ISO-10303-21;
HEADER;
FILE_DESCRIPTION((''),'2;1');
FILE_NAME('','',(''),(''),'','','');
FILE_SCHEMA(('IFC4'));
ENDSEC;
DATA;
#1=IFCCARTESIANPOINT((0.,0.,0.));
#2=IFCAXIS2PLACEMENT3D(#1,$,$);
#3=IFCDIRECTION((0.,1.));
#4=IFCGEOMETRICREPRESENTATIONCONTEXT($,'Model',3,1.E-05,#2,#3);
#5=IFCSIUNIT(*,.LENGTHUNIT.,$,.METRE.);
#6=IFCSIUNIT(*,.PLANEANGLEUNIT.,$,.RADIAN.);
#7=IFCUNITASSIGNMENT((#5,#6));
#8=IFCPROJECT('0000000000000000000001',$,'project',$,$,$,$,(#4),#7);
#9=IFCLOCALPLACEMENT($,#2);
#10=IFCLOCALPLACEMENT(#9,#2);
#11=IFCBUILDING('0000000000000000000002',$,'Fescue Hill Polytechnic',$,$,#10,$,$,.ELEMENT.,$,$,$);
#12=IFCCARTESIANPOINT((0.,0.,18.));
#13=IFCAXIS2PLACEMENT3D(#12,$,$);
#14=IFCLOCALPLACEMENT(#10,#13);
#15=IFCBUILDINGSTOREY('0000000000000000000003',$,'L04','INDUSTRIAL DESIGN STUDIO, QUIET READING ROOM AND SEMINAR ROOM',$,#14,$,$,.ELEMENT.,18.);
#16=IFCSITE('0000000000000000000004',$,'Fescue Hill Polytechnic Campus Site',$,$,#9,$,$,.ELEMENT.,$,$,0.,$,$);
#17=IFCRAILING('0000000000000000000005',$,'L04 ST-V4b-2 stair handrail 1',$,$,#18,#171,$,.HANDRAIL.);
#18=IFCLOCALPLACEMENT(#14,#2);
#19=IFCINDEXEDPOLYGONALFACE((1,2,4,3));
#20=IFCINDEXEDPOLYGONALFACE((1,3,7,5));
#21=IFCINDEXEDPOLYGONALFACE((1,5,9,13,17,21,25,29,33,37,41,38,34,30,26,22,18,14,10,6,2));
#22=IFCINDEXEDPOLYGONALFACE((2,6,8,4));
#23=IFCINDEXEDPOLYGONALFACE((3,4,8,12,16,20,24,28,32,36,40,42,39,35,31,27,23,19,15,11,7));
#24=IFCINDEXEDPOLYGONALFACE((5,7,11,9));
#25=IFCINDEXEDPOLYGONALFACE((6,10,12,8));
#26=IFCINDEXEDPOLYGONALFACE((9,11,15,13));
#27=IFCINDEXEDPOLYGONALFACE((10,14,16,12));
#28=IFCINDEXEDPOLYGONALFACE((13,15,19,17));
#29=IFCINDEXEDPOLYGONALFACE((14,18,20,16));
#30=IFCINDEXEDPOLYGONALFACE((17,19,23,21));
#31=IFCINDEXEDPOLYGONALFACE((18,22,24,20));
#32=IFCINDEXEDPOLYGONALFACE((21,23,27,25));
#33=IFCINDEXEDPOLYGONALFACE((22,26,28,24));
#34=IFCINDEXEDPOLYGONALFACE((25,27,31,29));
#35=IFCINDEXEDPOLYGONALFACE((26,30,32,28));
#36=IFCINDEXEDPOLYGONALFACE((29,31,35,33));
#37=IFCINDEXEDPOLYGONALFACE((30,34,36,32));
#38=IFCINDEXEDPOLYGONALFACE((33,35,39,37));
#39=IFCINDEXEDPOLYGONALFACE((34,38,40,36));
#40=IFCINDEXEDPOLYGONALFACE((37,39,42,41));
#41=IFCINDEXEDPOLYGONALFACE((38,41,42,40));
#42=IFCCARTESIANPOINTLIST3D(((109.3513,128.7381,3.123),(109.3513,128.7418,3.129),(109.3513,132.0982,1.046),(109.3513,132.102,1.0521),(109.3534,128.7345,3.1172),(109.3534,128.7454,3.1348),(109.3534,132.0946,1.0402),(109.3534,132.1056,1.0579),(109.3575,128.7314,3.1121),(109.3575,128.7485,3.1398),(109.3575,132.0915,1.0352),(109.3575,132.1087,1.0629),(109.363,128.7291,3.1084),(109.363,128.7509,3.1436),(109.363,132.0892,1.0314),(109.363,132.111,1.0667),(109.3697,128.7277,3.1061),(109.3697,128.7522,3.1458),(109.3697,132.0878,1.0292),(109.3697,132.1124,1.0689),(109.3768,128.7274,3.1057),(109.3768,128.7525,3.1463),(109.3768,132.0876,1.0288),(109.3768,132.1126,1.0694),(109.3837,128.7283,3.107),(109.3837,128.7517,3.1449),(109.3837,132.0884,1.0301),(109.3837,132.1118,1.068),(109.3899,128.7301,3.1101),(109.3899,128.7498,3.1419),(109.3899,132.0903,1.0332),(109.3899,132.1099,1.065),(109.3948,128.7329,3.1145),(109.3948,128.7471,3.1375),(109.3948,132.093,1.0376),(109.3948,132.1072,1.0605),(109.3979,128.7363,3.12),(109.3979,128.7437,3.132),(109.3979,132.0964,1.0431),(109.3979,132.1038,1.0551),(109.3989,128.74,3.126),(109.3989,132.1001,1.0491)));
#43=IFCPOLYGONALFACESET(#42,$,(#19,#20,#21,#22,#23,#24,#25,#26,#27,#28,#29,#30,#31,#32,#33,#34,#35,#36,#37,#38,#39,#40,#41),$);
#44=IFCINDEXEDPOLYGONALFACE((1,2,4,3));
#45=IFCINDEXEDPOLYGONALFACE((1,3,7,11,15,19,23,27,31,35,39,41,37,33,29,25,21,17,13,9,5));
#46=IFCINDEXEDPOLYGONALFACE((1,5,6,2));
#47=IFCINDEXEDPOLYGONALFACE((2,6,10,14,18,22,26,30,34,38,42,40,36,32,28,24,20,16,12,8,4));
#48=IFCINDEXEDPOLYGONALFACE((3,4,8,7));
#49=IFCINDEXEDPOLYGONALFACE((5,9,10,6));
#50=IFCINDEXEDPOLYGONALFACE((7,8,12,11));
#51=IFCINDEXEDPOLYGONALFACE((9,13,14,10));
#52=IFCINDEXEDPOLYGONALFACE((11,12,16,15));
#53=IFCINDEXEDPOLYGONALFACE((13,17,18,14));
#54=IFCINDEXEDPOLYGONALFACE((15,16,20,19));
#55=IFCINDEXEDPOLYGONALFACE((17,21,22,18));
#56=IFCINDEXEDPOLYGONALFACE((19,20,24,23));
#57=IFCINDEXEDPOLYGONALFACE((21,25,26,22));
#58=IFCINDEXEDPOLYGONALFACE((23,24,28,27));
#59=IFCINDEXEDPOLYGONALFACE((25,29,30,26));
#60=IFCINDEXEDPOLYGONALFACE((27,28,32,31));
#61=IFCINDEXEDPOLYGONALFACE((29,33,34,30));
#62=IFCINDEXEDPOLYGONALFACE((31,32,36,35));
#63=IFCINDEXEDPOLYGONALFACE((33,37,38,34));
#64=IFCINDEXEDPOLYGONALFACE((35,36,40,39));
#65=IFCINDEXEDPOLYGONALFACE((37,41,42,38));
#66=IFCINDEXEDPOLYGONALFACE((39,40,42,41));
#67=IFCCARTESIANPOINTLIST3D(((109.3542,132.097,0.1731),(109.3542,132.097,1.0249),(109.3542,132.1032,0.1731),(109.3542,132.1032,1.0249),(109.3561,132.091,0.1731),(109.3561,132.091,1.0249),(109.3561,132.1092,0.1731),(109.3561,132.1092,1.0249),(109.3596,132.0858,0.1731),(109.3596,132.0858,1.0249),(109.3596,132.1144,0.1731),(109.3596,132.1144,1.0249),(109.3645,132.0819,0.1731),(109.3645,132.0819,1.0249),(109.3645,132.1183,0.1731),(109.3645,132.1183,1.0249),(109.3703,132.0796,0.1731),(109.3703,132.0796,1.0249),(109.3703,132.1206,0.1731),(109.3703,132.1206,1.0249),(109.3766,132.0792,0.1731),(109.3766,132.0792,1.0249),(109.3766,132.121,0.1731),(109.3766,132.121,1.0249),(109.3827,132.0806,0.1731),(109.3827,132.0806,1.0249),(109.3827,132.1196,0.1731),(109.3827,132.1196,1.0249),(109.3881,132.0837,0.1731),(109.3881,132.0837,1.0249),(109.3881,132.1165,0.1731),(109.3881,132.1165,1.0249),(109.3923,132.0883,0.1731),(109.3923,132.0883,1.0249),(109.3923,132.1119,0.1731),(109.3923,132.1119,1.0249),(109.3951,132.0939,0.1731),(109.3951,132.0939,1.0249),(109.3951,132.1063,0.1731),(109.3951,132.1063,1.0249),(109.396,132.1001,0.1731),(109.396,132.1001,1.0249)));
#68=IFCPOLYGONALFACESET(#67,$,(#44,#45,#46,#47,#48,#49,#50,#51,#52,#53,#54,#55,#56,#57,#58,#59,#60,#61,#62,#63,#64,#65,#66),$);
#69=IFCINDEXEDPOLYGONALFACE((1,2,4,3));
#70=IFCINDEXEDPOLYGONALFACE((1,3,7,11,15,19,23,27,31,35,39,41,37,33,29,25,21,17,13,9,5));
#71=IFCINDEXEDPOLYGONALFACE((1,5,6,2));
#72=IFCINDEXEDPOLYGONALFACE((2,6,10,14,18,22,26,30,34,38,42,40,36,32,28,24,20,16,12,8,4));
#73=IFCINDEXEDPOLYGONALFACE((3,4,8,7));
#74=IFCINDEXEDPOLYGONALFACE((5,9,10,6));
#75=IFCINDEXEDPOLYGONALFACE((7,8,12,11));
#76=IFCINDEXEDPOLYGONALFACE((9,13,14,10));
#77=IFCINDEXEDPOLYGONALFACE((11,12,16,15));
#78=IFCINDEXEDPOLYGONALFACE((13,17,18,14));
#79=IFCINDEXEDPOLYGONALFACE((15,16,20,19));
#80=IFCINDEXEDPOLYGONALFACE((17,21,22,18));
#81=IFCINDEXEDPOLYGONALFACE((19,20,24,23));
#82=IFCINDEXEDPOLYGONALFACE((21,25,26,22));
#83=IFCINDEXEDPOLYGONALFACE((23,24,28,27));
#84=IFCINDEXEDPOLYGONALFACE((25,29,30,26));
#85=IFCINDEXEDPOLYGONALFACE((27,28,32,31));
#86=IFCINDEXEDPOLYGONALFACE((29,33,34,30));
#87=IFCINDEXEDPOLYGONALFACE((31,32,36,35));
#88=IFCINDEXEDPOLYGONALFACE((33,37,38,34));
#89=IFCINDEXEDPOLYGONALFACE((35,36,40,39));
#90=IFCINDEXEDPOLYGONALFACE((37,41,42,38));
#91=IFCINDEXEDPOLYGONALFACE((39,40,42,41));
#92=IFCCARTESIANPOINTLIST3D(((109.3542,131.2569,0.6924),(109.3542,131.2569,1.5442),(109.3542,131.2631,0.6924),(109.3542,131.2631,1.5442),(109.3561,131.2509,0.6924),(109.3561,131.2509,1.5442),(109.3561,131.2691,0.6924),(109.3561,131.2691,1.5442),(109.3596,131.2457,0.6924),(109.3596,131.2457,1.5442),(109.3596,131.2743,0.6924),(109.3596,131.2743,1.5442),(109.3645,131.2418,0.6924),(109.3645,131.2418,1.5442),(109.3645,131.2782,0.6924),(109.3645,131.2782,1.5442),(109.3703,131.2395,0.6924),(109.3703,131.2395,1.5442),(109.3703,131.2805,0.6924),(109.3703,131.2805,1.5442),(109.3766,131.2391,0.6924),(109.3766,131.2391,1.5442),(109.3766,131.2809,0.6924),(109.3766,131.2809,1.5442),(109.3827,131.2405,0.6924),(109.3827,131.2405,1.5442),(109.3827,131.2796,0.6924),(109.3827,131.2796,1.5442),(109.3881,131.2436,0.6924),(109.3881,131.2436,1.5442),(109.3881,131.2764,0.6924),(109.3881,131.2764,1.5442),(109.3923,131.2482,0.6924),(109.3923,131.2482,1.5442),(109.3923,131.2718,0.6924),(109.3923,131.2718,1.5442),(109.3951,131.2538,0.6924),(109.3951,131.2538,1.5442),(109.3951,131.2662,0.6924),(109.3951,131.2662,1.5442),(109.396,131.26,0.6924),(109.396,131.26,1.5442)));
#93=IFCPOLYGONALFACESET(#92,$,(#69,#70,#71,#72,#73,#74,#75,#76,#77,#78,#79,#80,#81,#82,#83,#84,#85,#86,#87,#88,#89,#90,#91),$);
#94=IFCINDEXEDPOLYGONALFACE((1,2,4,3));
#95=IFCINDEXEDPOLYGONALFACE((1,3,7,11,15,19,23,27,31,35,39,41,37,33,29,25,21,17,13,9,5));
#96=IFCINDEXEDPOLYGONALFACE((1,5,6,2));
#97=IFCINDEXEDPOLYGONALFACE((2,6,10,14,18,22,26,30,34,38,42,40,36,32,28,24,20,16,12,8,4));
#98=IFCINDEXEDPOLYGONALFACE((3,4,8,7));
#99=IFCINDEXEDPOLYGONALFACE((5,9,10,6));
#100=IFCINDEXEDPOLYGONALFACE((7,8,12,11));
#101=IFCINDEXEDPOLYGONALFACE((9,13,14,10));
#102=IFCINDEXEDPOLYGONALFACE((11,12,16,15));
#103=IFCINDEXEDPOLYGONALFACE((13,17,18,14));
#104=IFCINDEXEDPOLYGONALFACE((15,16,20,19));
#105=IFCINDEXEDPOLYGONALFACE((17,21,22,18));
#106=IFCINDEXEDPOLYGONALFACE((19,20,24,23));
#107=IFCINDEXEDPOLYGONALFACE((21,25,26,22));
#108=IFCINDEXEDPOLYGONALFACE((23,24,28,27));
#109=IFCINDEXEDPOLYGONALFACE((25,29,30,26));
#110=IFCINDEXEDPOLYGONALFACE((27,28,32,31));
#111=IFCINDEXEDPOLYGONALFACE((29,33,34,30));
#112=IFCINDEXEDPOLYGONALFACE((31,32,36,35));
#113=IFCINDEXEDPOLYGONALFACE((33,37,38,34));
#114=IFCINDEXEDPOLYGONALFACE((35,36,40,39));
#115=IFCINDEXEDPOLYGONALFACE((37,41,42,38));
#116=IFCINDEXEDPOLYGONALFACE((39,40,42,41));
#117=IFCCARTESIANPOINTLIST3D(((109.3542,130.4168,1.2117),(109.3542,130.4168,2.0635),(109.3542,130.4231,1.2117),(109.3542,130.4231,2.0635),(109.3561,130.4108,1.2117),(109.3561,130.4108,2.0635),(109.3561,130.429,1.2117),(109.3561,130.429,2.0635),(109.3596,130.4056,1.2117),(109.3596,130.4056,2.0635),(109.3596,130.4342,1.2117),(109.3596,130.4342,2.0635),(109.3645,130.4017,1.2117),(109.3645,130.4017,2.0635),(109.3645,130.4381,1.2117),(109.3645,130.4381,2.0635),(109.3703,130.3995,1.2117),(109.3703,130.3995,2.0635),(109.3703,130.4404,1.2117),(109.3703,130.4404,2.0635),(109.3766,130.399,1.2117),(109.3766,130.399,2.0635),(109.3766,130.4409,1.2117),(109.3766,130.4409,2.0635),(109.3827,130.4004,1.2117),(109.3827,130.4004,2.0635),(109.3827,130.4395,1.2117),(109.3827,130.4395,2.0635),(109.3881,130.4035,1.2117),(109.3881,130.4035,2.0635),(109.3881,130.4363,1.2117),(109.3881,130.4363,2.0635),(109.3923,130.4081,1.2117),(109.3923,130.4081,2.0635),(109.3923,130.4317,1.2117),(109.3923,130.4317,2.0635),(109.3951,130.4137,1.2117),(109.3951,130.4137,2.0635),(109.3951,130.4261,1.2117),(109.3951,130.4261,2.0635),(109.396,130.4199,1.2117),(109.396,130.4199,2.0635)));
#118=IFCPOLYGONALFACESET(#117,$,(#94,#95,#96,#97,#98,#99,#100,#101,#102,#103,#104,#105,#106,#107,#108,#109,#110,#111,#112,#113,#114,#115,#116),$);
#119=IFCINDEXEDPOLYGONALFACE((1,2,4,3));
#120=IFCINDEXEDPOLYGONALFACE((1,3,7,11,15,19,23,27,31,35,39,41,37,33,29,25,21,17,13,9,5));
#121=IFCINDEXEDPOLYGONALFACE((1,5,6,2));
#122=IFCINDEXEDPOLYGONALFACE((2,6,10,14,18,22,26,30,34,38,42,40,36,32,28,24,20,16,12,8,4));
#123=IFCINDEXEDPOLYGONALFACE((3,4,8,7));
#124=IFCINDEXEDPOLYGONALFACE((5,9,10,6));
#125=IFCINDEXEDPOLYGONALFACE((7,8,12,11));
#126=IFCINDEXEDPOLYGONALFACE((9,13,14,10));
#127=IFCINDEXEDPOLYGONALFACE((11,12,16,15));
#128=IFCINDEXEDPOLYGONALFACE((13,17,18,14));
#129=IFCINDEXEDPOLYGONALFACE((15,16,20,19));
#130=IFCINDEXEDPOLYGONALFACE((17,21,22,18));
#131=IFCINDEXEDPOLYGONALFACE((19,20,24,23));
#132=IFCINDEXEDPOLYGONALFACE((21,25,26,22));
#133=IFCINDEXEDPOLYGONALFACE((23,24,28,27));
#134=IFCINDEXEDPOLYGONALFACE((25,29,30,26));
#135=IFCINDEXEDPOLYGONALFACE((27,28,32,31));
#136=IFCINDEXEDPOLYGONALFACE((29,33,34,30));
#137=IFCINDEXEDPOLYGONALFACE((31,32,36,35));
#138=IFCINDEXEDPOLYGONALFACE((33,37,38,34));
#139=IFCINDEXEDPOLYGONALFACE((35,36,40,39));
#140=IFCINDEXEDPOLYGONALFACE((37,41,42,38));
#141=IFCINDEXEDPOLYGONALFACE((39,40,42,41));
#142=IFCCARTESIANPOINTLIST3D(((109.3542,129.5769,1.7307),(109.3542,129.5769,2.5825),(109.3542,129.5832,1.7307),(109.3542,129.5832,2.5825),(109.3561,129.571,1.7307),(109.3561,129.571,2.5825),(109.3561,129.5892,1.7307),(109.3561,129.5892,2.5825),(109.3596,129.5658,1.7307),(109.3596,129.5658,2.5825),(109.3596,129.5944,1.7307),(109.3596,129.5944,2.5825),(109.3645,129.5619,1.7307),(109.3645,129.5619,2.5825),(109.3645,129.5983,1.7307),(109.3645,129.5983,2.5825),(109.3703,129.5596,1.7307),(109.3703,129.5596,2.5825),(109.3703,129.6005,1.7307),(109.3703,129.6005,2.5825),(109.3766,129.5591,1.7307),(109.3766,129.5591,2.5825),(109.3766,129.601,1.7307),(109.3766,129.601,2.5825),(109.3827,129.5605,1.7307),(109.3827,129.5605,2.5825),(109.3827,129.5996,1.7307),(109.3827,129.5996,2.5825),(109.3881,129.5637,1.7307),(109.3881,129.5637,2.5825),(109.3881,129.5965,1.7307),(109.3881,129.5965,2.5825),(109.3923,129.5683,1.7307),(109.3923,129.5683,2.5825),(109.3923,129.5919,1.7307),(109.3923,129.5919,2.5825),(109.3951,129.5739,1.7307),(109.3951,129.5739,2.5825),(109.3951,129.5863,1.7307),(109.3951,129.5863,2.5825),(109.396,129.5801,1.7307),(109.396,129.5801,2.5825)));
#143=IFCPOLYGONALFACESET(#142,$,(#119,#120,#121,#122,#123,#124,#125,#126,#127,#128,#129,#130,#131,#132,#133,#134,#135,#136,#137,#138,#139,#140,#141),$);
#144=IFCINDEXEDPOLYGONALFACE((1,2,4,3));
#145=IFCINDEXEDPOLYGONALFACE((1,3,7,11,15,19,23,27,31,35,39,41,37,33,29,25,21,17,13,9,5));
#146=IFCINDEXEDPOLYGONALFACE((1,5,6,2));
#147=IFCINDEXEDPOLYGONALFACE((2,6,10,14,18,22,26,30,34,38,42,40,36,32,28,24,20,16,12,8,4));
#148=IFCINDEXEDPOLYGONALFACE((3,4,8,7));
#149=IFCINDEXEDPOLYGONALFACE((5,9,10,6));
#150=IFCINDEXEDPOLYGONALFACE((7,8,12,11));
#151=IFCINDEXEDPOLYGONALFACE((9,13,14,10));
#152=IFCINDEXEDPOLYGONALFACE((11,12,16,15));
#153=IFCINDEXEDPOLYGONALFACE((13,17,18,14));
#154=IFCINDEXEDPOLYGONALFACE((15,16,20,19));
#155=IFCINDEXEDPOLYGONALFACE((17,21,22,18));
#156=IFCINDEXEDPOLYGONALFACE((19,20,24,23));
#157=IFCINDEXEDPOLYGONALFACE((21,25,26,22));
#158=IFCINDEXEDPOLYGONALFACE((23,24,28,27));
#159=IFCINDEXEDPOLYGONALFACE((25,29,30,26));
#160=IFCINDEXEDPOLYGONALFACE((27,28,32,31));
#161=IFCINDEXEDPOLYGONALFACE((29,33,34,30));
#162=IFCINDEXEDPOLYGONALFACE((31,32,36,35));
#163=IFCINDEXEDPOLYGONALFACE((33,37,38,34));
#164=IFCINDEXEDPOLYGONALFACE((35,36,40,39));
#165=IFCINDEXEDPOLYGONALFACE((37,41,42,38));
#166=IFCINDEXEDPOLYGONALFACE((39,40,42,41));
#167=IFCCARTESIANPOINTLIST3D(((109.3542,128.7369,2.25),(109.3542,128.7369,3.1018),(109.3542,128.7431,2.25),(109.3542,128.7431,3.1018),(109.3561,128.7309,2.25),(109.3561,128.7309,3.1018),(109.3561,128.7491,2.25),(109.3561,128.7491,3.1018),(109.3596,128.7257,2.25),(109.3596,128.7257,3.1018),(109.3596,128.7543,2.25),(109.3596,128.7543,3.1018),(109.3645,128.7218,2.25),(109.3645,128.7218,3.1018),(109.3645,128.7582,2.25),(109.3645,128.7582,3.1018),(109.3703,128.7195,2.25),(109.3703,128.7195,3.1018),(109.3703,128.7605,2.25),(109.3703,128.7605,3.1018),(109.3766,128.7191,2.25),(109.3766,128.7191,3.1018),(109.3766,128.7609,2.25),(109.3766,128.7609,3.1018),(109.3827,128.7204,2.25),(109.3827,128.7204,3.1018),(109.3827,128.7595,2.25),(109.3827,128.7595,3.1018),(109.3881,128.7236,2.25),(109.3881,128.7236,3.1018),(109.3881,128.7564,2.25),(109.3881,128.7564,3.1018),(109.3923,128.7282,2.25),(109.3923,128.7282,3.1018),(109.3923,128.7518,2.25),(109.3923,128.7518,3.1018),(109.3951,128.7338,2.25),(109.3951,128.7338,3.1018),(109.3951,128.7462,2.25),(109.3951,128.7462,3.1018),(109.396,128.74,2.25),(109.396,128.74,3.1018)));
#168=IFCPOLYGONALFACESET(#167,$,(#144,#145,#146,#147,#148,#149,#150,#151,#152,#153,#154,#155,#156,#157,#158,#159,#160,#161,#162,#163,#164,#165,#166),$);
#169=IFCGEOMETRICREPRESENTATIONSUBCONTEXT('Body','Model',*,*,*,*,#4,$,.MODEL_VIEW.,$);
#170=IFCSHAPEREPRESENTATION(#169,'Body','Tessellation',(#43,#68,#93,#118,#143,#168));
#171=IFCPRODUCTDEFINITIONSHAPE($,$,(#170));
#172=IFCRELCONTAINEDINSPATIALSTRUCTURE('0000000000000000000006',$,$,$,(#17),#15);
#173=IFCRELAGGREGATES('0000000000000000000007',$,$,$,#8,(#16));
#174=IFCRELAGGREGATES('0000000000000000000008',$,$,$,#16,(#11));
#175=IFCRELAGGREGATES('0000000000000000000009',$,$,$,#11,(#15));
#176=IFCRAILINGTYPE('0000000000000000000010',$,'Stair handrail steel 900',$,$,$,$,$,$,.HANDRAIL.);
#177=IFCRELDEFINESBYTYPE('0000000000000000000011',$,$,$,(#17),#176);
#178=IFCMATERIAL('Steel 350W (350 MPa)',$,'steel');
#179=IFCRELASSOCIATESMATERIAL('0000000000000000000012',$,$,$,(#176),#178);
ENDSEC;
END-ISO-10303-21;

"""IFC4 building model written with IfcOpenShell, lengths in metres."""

from ifc_helpers import new_model, si_unit, direction, frame, origin, origin_2d, place, context, subcontext, project, spatial, circle, extrude, material, type_object, element, save


model = new_model("IFC4")

# Units and contexts
model_context = context("Model", 3, precision=1e-05, world=origin(), true_north=direction((0.0, 1.0)))
body_context = subcontext(model_context, "Body", "Model", "MODEL_VIEW")
ifc_project = project(units=[si_unit("LENGTHUNIT", "METRE"), si_unit("PLANEANGLEUNIT", "RADIAN")], contexts=[model_context])

# Site, building, storey
site_placement = place(None, origin())
site = spatial("IfcSite", under=ifc_project, at=site_placement, Name="Fescue Hill Polytechnic Campus Site", CompositionType="ELEMENT", RefElevation=0.0)
building_placement = place(site_placement, origin())
building = spatial("IfcBuilding", under=site, at=building_placement, Name="Fescue Hill Polytechnic", CompositionType="ELEMENT")
storey_placement = place(building_placement, frame((0.0, 0.0, 18.0)))
storey = spatial("IfcBuildingStorey", under=building, at=storey_placement, Name="L04", Description="INDUSTRIAL DESIGN STUDIO, QUIET READING ROOM AND SEMINAR ROOM", CompositionType="ELEMENT", Elevation=18.0)

# Railing
ifc_material_1 = material(Name="Steel 350W (350 MPa)", Category="steel")
railing_type_1 = type_object("IfcRailingType", Name="Stair handrail steel 900", PredefinedType="HANDRAIL", material=ifc_material_1)
railing_1_placement = place(storey_placement, frame((109.375, 132.1001, 0.1731)))
element("IfcRailing", 1, at=railing_1_placement, inside=storey, type_object=railing_type_1, Name="L04 ST-V4b-2 stair handrail 1", PredefinedType="HANDRAIL", context=body_context, shape_type="SweptSolid", body=[
    extrude(circle(Radius=0.0239, at=origin_2d()), frame((0.0, 0.0, 0.876), z_axis=(0.0, -0.850623, 0.525776), x_axis=(1.0, 0.0, 0.0)), (0.0, 0.0, 1.0), 3.9502),
    extrude(circle(Radius=0.021, at=origin_2d()), origin(), (0.0, 0.0, 1.0), 0.8518),
    extrude(circle(Radius=0.021, at=origin_2d()), frame((0.0, -0.8401, 0.5193)), (0.0, 0.0, 1.0), 0.8518),
    extrude(circle(Radius=0.021, at=origin_2d()), frame((0.0, -1.6802, 1.0386)), (0.0, 0.0, 1.0), 0.8518),
    extrude(circle(Radius=0.021, at=origin_2d()), frame((0.0, -2.52, 1.5576)), (0.0, 0.0, 1.0), 0.8518),
    extrude(circle(Radius=0.021, at=origin_2d()), frame((0.0, -3.3601, 2.0769)), (0.0, 0.0, 1.0), 0.8518),
])

save(model, "model.ifc")
